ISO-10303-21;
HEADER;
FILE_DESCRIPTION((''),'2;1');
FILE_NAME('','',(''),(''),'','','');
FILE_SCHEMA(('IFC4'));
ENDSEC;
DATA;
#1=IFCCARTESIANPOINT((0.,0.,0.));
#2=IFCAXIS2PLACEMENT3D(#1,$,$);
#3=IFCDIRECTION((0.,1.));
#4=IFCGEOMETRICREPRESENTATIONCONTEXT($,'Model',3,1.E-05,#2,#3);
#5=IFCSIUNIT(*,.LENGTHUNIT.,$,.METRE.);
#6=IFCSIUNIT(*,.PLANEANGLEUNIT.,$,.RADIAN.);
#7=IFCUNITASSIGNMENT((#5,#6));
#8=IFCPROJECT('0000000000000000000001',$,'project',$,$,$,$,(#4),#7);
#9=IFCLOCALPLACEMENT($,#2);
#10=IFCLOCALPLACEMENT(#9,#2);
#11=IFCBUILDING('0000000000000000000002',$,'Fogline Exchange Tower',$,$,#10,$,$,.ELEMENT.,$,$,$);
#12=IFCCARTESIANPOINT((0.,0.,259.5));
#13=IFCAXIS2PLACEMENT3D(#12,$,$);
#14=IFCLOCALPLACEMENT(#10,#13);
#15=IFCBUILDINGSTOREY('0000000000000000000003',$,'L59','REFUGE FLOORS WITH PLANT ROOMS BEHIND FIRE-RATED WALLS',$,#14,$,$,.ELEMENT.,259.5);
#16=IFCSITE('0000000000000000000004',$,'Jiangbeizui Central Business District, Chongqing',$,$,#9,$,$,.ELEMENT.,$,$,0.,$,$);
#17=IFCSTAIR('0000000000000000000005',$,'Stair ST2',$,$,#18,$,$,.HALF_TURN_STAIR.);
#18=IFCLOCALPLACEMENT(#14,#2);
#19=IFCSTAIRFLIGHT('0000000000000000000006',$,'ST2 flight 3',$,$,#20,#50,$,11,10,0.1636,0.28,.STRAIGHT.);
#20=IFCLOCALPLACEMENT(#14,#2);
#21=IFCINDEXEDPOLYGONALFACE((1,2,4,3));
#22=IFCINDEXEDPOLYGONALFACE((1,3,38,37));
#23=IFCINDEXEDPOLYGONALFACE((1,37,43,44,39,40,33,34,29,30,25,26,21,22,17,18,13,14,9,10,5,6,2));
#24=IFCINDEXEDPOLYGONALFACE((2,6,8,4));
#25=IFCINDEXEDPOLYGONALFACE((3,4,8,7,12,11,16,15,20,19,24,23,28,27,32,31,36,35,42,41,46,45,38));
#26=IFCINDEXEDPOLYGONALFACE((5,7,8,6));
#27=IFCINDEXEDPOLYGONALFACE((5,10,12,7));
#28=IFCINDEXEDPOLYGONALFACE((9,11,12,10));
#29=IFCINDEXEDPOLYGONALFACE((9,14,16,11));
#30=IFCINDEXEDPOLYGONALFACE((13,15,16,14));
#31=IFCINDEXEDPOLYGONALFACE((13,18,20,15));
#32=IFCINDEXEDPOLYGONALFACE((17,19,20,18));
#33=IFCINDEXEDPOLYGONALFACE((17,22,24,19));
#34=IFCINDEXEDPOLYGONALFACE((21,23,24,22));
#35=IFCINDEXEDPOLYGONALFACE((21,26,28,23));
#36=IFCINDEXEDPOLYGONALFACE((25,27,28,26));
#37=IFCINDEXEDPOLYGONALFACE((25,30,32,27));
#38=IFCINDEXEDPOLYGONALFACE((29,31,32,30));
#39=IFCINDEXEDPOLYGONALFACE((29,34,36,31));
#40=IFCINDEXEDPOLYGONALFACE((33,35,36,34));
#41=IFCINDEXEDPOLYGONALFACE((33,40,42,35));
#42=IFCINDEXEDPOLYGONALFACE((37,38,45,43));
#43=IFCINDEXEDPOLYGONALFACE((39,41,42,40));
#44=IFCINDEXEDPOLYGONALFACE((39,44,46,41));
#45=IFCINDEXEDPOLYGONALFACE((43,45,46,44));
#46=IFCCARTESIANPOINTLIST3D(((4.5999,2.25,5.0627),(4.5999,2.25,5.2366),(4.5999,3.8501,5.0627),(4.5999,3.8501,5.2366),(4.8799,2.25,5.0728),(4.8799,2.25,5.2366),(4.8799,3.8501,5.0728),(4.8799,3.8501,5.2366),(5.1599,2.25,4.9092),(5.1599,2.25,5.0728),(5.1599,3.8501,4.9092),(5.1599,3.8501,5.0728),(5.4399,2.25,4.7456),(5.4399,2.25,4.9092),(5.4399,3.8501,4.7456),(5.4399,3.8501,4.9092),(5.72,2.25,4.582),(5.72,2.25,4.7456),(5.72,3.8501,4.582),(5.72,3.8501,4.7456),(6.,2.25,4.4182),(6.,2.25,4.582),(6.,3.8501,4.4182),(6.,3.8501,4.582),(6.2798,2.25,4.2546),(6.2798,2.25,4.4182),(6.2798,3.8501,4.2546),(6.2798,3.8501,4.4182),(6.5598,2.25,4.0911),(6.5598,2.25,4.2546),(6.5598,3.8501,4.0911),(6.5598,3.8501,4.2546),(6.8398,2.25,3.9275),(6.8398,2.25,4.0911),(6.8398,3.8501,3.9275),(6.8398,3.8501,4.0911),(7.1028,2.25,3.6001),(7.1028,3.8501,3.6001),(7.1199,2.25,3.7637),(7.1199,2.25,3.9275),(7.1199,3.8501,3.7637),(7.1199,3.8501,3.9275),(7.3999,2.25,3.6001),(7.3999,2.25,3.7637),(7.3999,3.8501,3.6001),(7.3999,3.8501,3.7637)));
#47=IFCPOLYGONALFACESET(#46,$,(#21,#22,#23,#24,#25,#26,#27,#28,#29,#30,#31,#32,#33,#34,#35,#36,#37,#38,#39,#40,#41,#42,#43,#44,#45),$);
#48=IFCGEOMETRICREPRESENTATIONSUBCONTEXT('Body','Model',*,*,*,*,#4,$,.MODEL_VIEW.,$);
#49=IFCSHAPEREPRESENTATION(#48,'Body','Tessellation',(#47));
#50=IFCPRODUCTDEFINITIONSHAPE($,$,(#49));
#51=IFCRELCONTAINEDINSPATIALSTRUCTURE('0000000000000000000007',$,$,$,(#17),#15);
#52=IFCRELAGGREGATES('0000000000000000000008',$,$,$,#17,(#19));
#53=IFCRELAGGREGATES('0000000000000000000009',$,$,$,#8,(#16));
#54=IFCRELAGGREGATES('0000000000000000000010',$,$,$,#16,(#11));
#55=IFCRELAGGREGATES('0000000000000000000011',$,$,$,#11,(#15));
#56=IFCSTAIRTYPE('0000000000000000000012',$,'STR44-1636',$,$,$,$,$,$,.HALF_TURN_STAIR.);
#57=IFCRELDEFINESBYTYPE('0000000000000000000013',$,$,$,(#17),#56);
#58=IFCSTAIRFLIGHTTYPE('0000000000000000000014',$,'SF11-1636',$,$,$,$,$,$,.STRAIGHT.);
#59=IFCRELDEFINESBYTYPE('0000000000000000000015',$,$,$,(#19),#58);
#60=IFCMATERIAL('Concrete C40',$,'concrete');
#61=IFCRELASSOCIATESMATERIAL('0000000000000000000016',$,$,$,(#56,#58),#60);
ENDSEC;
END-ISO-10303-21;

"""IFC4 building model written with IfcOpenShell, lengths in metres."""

from ifc_helpers import new_model, si_unit, direction, frame, origin, place, context, subcontext, project, spatial, polyline, outline, extrude, material, type_object, element, aggregate, save


model = new_model("IFC4")

# Units and contexts
model_context = context("Model", 3, precision=1e-05, world=origin(), true_north=direction((0.0, 1.0)))
body_context = subcontext(model_context, "Body", "Model", "MODEL_VIEW")
ifc_project = project(units=[si_unit("LENGTHUNIT", "METRE"), si_unit("PLANEANGLEUNIT", "RADIAN")], contexts=[model_context])

# Site, building, storey
site_placement = place(None, origin())
site = spatial("IfcSite", under=ifc_project, at=site_placement, Name="Jiangbeizui Central Business District, Chongqing", CompositionType="ELEMENT", RefElevation=0.0)
building_placement = place(site_placement, origin())
building = spatial("IfcBuilding", under=site, at=building_placement, Name="Fogline Exchange Tower", CompositionType="ELEMENT")
storey_placement = place(building_placement, frame((0.0, 0.0, 259.5)))
storey = spatial("IfcBuildingStorey", under=building, at=storey_placement, Name="L59", Description="REFUGE FLOORS WITH PLANT ROOMS BEHIND FIRE-RATED WALLS", CompositionType="ELEMENT", Elevation=259.5)

# Shared definitions
ifc_material_1 = material(Name="Concrete C40", Category="concrete")

# Stair, stair flight
stair_type = type_object("IfcStairType", Name="STR44-1636", PredefinedType="HALF_TURN_STAIR", material=ifc_material_1)
stair_placement = place(storey_placement, origin())
stair = element("IfcStair", 1, at=stair_placement, inside=storey, type_object=stair_type, Name="Stair ST2", PredefinedType="HALF_TURN_STAIR")
stair_flight_type = type_object("IfcStairFlightType", Name="SF11-1636", PredefinedType="STRAIGHT", material=ifc_material_1)
stair_flight_placement = place(storey_placement, frame((7.3999, 3.05, 3.6001), z_axis=(0.0, 0.0, 1.0), x_axis=(-1.0, 0.0, 0.0)))
stair_flight = element("IfcStairFlight", 2, at=stair_flight_placement, type_object=stair_flight_type, Name="ST2 flight 3", NumberOfRisers=11, NumberOfTreads=10, PredefinedType="STRAIGHT", RiserHeight=0.1636, TreadLength=0.28, context=body_context, shape_type="SweptSolid", body=[
    extrude(outline(polyline([(0.0, 0.0), (0.0, 0.1636), (0.28, 0.1636), (0.28, 0.3274), (0.5601, 0.3274), (0.5601, 0.491), (0.8401, 0.491), (0.8401, 0.6545), (1.1201, 0.6545), (1.1201, 0.8181), (1.3999, 0.8181), (1.3999, 0.9819), (1.6799, 0.9819), (1.6799, 1.1455), (1.96, 1.1455), (1.96, 1.3091), (2.24, 1.3091), (2.24, 1.4727), (2.52, 1.4727), (2.52, 1.6365), (2.8, 1.6365), (2.8, 1.8), (2.8, 1.4626), (0.2971, 0.0), (0.0, 0.0)])), frame((0.0, 0.8, 0.0), z_axis=(0.0, -1.0, 0.0), x_axis=(1.0, 0.0, 0.0)), (0.0, 0.0, 1.0), 1.6001),
])
aggregate(stair, [stair_flight])

save(model, "model.ifc")
